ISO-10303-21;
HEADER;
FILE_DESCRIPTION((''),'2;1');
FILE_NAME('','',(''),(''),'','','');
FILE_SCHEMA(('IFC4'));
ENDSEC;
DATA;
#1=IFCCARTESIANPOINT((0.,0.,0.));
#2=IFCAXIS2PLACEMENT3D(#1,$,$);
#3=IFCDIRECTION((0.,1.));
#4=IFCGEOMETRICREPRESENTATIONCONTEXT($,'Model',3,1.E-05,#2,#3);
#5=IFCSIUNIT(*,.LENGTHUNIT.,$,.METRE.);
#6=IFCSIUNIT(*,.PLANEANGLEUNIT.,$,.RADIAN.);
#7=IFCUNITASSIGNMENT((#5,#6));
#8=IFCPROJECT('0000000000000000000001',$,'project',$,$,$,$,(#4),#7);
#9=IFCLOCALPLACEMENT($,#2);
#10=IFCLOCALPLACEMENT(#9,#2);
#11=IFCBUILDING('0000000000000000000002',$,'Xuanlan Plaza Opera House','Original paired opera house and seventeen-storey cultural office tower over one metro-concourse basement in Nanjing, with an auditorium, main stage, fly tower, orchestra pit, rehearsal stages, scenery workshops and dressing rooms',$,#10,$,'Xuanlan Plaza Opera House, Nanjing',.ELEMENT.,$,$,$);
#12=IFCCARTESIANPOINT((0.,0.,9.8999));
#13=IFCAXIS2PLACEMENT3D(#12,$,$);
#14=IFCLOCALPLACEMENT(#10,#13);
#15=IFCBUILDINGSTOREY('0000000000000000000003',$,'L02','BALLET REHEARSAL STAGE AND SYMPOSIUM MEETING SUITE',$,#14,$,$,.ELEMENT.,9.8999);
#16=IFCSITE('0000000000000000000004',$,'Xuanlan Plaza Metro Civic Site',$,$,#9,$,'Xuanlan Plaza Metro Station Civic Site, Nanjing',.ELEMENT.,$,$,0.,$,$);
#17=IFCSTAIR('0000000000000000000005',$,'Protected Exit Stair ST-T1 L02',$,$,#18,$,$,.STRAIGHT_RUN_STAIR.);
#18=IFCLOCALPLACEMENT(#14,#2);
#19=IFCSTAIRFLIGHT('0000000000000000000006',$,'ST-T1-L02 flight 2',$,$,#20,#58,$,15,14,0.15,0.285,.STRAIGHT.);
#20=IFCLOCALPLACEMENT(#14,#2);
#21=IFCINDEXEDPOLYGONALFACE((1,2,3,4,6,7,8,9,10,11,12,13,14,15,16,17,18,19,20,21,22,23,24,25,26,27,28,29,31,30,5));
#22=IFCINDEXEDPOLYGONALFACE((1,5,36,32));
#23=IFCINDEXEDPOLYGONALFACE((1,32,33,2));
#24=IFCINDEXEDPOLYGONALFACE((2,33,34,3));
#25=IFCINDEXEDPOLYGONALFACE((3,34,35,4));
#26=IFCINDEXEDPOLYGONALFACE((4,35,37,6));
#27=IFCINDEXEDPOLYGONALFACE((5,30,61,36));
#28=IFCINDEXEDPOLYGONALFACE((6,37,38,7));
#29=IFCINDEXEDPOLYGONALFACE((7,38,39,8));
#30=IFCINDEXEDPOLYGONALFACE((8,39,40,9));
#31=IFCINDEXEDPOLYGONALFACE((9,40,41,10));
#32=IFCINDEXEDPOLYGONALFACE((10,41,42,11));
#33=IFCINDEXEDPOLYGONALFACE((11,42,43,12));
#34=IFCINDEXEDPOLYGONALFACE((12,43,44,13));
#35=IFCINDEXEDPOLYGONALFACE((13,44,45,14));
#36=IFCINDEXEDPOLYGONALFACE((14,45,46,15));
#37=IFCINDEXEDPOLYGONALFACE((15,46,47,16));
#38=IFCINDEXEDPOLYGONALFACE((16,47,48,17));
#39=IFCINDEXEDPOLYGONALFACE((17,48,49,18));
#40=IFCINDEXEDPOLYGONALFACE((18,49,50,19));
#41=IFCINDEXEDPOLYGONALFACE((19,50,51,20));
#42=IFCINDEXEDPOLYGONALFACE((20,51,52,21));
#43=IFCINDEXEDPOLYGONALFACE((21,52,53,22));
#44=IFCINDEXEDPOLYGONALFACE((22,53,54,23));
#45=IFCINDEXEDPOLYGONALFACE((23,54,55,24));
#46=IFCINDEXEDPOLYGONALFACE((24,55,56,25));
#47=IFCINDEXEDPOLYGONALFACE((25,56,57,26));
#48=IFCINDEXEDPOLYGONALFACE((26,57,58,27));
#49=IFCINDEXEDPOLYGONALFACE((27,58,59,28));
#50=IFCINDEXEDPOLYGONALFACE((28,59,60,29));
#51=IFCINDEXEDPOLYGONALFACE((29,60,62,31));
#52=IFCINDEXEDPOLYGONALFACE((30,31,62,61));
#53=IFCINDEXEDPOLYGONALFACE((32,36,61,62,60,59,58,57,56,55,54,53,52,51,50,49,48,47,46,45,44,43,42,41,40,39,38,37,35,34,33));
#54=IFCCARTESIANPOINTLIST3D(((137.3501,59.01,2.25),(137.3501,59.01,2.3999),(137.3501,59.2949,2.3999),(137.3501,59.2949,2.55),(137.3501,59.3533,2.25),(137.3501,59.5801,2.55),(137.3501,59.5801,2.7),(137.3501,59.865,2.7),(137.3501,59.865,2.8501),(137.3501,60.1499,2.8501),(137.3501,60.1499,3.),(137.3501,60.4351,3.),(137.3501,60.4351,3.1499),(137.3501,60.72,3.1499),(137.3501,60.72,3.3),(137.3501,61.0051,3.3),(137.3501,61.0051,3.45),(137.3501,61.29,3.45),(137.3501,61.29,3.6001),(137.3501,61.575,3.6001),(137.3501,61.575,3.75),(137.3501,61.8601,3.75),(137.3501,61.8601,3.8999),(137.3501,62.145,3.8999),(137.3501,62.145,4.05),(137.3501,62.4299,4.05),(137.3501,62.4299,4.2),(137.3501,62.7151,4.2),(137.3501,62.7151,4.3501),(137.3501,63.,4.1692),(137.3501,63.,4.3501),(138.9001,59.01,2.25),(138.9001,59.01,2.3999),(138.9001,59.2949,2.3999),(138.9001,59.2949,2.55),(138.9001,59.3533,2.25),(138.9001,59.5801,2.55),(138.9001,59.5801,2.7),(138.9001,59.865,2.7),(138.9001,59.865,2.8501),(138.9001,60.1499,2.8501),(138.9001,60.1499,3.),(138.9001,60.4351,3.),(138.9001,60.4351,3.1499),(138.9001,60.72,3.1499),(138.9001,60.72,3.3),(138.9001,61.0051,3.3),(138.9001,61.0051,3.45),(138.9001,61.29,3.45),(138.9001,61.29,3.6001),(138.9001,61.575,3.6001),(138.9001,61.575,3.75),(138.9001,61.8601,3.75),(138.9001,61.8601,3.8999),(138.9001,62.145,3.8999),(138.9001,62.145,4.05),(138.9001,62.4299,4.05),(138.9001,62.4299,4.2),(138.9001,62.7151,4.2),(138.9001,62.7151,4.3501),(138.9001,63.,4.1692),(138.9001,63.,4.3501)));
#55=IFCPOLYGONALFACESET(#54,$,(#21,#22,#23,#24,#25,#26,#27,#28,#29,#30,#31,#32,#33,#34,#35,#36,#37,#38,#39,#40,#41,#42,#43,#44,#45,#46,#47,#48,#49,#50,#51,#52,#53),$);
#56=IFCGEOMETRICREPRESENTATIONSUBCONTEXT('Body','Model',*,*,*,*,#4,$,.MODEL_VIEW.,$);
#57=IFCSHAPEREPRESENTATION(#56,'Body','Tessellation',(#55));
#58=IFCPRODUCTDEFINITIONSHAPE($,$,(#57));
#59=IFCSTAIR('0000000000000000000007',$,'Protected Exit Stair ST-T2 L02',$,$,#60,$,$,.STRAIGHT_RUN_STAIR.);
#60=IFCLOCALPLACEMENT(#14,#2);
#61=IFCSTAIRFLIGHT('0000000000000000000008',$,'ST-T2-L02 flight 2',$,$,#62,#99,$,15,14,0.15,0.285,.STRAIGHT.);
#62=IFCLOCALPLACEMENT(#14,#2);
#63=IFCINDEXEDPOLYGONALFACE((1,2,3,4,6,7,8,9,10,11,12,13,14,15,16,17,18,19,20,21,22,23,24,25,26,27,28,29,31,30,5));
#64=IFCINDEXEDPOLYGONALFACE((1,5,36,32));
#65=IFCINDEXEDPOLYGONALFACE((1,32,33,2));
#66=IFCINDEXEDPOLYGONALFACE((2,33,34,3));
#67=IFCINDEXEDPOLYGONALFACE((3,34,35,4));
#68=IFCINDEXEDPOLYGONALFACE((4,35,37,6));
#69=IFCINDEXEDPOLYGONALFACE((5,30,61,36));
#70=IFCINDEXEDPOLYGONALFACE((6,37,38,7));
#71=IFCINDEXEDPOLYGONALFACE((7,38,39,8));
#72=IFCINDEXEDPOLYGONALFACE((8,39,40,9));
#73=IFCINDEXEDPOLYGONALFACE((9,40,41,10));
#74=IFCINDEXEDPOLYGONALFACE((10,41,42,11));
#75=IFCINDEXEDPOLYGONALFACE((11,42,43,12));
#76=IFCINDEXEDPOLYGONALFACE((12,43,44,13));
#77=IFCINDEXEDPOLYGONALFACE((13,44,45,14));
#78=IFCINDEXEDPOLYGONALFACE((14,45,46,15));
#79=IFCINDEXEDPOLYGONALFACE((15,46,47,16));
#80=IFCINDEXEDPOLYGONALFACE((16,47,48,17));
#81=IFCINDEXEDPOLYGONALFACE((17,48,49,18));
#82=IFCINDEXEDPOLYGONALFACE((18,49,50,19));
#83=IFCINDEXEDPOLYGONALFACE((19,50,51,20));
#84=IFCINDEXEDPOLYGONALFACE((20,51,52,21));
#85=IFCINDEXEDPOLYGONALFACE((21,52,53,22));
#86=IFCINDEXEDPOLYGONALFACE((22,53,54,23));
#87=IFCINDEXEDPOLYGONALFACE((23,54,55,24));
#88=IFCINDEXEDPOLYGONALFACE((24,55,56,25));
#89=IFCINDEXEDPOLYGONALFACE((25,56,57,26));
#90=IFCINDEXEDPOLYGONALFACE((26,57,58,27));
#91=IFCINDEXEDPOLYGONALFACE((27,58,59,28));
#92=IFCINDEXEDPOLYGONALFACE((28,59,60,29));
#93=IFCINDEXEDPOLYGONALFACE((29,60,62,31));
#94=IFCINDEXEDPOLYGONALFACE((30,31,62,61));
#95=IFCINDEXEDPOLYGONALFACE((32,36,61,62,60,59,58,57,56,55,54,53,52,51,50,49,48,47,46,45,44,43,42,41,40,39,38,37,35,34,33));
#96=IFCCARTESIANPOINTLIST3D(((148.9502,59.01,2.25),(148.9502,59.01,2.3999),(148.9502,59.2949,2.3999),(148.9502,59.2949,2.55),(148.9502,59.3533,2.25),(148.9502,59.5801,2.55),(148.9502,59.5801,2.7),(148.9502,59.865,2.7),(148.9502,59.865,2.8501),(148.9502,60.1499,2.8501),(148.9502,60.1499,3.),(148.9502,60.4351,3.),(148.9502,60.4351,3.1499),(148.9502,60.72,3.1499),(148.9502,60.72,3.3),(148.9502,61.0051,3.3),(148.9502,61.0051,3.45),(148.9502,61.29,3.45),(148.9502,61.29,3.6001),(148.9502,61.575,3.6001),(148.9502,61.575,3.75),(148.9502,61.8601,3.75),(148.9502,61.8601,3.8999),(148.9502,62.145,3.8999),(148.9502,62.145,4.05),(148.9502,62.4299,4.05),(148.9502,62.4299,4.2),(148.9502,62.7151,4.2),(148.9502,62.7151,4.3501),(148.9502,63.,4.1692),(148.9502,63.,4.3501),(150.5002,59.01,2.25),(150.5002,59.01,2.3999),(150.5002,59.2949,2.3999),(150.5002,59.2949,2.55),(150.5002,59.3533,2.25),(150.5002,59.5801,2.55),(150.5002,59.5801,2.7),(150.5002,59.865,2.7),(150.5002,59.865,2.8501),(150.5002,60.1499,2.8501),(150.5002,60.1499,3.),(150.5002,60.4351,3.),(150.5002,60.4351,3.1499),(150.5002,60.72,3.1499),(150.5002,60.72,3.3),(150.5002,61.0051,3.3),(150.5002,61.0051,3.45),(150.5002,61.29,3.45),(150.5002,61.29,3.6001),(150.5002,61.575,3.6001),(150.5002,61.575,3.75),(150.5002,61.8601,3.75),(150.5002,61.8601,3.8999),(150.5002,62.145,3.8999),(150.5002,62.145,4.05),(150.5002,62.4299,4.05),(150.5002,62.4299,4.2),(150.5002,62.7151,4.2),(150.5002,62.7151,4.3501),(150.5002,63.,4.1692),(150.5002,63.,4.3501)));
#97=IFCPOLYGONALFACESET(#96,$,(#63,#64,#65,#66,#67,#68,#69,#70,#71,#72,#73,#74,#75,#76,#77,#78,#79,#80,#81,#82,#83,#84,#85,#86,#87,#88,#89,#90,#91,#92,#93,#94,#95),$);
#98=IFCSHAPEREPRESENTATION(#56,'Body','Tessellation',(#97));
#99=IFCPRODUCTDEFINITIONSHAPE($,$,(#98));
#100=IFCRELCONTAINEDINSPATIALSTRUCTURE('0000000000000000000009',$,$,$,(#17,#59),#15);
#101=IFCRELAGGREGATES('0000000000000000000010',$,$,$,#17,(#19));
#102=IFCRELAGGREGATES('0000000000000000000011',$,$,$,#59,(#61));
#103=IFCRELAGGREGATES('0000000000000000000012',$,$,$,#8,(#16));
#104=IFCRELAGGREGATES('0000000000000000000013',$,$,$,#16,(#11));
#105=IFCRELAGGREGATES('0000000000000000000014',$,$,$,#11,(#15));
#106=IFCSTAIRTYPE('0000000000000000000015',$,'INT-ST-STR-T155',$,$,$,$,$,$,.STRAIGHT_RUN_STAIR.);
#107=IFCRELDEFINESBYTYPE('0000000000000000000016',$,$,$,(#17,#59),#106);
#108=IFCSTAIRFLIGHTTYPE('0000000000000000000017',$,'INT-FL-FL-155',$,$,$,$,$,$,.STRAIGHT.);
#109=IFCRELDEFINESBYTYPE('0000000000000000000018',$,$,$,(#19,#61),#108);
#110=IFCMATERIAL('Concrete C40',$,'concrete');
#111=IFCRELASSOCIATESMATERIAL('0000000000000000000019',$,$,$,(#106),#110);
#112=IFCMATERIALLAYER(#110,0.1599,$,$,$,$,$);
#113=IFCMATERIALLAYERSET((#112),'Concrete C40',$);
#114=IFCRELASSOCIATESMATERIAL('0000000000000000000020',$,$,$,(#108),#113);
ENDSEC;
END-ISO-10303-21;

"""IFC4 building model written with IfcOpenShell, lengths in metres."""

from ifc_helpers import new_model, si_unit, direction, frame, origin, place, context, subcontext, project, spatial, polyline, outline, extrude, material, layer, layer_set, type_object, element, aggregate, save


model = new_model("IFC4")

# Units and contexts
model_context = context("Model", 3, precision=1e-05, world=origin(), true_north=direction((0.0, 1.0)))
body_context = subcontext(model_context, "Body", "Model", "MODEL_VIEW")
ifc_project = project(units=[si_unit("LENGTHUNIT", "METRE"), si_unit("PLANEANGLEUNIT", "RADIAN")], contexts=[model_context])

# Site, building, storey
site_placement = place(None, origin())
site = spatial("IfcSite", under=ifc_project, at=site_placement, Name="Xuanlan Plaza Metro Civic Site", LongName="Xuanlan Plaza Metro Station Civic Site, Nanjing", CompositionType="ELEMENT", RefElevation=0.0)
building_placement = place(site_placement, origin())
building = spatial("IfcBuilding", under=site, at=building_placement, Name="Xuanlan Plaza Opera House", Description="Original paired opera house and seventeen-storey cultural office tower over one metro-concourse basement in Nanjing, with an auditorium, main stage, fly tower, orchestra pit, rehearsal stages, scenery workshops and dressing rooms", LongName="Xuanlan Plaza Opera House, Nanjing", CompositionType="ELEMENT")
storey_placement = place(building_placement, frame((0.0, 0.0, 9.8999)))
storey = spatial("IfcBuildingStorey", under=building, at=storey_placement, Name="L02", Description="BALLET REHEARSAL STAGE AND SYMPOSIUM MEETING SUITE", CompositionType="ELEMENT", Elevation=9.8999)

# Shared definitions
ifc_material_1 = material(Name="Concrete C40", Category="concrete")

# Stairs, stair flights
stair_type = type_object("IfcStairType", Name="INT-ST-STR-T155", PredefinedType="STRAIGHT_RUN_STAIR", material=ifc_material_1)
stair_1_placement = place(storey_placement, origin())
stair_1 = element("IfcStair", 1, at=stair_1_placement, inside=storey, type_object=stair_type, Name="Protected Exit Stair ST-T1 L02", PredefinedType="STRAIGHT_RUN_STAIR")
ifc_layer_1 = layer(ifc_material_1, 0.1599)
ifc_layer_set_1 = layer_set([ifc_layer_1], Name="Concrete C40")
stair_flight_type = type_object("IfcStairFlightType", Name="INT-FL-FL-155", PredefinedType="STRAIGHT", material=ifc_layer_set_1)
stair_flight_1_placement = place(storey_placement, frame((138.125, 59.01, 2.25), z_axis=(0.0, 0.0, 1.0), x_axis=(0.0, 1.0, 0.0)))
stair_flight_1 = element("IfcStairFlight", 2, at=stair_flight_1_placement, type_object=stair_flight_type, Name="ST-T1-L02 flight 2", NumberOfRisers=15, NumberOfTreads=14, PredefinedType="STRAIGHT", RiserHeight=0.15, TreadLength=0.285, context=body_context, shape_type="SweptSolid", body=[
    extrude(outline(polyline([(0.0, 0.0), (0.0, 0.1499), (0.2849, 0.1499), (0.2849, 0.3), (0.5701, 0.3), (0.5701, 0.45), (0.855, 0.45), (0.855, 0.6001), (1.1399, 0.6001), (1.1399, 0.75), (1.425, 0.75), (1.425, 0.8999), (1.71, 0.8999), (1.71, 1.05), (1.9951, 1.05), (1.9951, 1.2), (2.28, 1.2), (2.28, 1.3501), (2.5649, 1.3501), (2.5649, 1.5), (2.8501, 1.5), (2.8501, 1.6499), (3.135, 1.6499), (3.135, 1.8), (3.4199, 1.8), (3.4199, 1.95), (3.7051, 1.95), (3.7051, 2.1001), (3.99, 2.1001), (3.99, 2.25), (3.99, 1.9192), (0.3433, 0.0), (0.0, 0.0)])), frame((0.0, 0.7749, 0.0), z_axis=(0.0, -1.0, 0.0), x_axis=(1.0, 0.0, 0.0)), (0.0, 0.0, 1.0), 1.55),
])
aggregate(stair_1, [stair_flight_1])
stair_2_placement = place(storey_placement, origin())
stair_2 = element("IfcStair", 3, at=stair_2_placement, inside=storey, type_object=stair_type, Name="Protected Exit Stair ST-T2 L02", PredefinedType="STRAIGHT_RUN_STAIR")
stair_flight_2_placement = place(storey_placement, frame((149.7251, 59.01, 2.25), z_axis=(0.0, 0.0, 1.0), x_axis=(0.0, 1.0, 0.0)))
stair_flight_2 = element("IfcStairFlight", 4, at=stair_flight_2_placement, type_object=stair_flight_type, Name="ST-T2-L02 flight 2", NumberOfRisers=15, NumberOfTreads=14, PredefinedType="STRAIGHT", RiserHeight=0.15, TreadLength=0.285, context=body_context, shape_type="SweptSolid", body=[
    extrude(outline(polyline([(0.0, 0.0), (0.0, 0.1499), (0.2849, 0.1499), (0.2849, 0.3), (0.5701, 0.3), (0.5701, 0.45), (0.855, 0.45), (0.855, 0.6001), (1.1399, 0.6001), (1.1399, 0.75), (1.425, 0.75), (1.425, 0.8999), (1.71, 0.8999), (1.71, 1.05), (1.9951, 1.05), (1.9951, 1.2), (2.28, 1.2), (2.28, 1.3501), (2.5649, 1.3501), (2.5649, 1.5), (2.8501, 1.5), (2.8501, 1.6499), (3.135, 1.6499), (3.135, 1.8), (3.4199, 1.8), (3.4199, 1.95), (3.7051, 1.95), (3.7051, 2.1001), (3.99, 2.1001), (3.99, 2.25), (3.99, 1.9192), (0.3433, 0.0), (0.0, 0.0)])), frame((0.0, 0.7749, 0.0), z_axis=(0.0, -1.0, 0.0), x_axis=(1.0, 0.0, 0.0)), (0.0, 0.0, 1.0), 1.55),
])
aggregate(stair_2, [stair_flight_2])

save(model, "model.ifc")
